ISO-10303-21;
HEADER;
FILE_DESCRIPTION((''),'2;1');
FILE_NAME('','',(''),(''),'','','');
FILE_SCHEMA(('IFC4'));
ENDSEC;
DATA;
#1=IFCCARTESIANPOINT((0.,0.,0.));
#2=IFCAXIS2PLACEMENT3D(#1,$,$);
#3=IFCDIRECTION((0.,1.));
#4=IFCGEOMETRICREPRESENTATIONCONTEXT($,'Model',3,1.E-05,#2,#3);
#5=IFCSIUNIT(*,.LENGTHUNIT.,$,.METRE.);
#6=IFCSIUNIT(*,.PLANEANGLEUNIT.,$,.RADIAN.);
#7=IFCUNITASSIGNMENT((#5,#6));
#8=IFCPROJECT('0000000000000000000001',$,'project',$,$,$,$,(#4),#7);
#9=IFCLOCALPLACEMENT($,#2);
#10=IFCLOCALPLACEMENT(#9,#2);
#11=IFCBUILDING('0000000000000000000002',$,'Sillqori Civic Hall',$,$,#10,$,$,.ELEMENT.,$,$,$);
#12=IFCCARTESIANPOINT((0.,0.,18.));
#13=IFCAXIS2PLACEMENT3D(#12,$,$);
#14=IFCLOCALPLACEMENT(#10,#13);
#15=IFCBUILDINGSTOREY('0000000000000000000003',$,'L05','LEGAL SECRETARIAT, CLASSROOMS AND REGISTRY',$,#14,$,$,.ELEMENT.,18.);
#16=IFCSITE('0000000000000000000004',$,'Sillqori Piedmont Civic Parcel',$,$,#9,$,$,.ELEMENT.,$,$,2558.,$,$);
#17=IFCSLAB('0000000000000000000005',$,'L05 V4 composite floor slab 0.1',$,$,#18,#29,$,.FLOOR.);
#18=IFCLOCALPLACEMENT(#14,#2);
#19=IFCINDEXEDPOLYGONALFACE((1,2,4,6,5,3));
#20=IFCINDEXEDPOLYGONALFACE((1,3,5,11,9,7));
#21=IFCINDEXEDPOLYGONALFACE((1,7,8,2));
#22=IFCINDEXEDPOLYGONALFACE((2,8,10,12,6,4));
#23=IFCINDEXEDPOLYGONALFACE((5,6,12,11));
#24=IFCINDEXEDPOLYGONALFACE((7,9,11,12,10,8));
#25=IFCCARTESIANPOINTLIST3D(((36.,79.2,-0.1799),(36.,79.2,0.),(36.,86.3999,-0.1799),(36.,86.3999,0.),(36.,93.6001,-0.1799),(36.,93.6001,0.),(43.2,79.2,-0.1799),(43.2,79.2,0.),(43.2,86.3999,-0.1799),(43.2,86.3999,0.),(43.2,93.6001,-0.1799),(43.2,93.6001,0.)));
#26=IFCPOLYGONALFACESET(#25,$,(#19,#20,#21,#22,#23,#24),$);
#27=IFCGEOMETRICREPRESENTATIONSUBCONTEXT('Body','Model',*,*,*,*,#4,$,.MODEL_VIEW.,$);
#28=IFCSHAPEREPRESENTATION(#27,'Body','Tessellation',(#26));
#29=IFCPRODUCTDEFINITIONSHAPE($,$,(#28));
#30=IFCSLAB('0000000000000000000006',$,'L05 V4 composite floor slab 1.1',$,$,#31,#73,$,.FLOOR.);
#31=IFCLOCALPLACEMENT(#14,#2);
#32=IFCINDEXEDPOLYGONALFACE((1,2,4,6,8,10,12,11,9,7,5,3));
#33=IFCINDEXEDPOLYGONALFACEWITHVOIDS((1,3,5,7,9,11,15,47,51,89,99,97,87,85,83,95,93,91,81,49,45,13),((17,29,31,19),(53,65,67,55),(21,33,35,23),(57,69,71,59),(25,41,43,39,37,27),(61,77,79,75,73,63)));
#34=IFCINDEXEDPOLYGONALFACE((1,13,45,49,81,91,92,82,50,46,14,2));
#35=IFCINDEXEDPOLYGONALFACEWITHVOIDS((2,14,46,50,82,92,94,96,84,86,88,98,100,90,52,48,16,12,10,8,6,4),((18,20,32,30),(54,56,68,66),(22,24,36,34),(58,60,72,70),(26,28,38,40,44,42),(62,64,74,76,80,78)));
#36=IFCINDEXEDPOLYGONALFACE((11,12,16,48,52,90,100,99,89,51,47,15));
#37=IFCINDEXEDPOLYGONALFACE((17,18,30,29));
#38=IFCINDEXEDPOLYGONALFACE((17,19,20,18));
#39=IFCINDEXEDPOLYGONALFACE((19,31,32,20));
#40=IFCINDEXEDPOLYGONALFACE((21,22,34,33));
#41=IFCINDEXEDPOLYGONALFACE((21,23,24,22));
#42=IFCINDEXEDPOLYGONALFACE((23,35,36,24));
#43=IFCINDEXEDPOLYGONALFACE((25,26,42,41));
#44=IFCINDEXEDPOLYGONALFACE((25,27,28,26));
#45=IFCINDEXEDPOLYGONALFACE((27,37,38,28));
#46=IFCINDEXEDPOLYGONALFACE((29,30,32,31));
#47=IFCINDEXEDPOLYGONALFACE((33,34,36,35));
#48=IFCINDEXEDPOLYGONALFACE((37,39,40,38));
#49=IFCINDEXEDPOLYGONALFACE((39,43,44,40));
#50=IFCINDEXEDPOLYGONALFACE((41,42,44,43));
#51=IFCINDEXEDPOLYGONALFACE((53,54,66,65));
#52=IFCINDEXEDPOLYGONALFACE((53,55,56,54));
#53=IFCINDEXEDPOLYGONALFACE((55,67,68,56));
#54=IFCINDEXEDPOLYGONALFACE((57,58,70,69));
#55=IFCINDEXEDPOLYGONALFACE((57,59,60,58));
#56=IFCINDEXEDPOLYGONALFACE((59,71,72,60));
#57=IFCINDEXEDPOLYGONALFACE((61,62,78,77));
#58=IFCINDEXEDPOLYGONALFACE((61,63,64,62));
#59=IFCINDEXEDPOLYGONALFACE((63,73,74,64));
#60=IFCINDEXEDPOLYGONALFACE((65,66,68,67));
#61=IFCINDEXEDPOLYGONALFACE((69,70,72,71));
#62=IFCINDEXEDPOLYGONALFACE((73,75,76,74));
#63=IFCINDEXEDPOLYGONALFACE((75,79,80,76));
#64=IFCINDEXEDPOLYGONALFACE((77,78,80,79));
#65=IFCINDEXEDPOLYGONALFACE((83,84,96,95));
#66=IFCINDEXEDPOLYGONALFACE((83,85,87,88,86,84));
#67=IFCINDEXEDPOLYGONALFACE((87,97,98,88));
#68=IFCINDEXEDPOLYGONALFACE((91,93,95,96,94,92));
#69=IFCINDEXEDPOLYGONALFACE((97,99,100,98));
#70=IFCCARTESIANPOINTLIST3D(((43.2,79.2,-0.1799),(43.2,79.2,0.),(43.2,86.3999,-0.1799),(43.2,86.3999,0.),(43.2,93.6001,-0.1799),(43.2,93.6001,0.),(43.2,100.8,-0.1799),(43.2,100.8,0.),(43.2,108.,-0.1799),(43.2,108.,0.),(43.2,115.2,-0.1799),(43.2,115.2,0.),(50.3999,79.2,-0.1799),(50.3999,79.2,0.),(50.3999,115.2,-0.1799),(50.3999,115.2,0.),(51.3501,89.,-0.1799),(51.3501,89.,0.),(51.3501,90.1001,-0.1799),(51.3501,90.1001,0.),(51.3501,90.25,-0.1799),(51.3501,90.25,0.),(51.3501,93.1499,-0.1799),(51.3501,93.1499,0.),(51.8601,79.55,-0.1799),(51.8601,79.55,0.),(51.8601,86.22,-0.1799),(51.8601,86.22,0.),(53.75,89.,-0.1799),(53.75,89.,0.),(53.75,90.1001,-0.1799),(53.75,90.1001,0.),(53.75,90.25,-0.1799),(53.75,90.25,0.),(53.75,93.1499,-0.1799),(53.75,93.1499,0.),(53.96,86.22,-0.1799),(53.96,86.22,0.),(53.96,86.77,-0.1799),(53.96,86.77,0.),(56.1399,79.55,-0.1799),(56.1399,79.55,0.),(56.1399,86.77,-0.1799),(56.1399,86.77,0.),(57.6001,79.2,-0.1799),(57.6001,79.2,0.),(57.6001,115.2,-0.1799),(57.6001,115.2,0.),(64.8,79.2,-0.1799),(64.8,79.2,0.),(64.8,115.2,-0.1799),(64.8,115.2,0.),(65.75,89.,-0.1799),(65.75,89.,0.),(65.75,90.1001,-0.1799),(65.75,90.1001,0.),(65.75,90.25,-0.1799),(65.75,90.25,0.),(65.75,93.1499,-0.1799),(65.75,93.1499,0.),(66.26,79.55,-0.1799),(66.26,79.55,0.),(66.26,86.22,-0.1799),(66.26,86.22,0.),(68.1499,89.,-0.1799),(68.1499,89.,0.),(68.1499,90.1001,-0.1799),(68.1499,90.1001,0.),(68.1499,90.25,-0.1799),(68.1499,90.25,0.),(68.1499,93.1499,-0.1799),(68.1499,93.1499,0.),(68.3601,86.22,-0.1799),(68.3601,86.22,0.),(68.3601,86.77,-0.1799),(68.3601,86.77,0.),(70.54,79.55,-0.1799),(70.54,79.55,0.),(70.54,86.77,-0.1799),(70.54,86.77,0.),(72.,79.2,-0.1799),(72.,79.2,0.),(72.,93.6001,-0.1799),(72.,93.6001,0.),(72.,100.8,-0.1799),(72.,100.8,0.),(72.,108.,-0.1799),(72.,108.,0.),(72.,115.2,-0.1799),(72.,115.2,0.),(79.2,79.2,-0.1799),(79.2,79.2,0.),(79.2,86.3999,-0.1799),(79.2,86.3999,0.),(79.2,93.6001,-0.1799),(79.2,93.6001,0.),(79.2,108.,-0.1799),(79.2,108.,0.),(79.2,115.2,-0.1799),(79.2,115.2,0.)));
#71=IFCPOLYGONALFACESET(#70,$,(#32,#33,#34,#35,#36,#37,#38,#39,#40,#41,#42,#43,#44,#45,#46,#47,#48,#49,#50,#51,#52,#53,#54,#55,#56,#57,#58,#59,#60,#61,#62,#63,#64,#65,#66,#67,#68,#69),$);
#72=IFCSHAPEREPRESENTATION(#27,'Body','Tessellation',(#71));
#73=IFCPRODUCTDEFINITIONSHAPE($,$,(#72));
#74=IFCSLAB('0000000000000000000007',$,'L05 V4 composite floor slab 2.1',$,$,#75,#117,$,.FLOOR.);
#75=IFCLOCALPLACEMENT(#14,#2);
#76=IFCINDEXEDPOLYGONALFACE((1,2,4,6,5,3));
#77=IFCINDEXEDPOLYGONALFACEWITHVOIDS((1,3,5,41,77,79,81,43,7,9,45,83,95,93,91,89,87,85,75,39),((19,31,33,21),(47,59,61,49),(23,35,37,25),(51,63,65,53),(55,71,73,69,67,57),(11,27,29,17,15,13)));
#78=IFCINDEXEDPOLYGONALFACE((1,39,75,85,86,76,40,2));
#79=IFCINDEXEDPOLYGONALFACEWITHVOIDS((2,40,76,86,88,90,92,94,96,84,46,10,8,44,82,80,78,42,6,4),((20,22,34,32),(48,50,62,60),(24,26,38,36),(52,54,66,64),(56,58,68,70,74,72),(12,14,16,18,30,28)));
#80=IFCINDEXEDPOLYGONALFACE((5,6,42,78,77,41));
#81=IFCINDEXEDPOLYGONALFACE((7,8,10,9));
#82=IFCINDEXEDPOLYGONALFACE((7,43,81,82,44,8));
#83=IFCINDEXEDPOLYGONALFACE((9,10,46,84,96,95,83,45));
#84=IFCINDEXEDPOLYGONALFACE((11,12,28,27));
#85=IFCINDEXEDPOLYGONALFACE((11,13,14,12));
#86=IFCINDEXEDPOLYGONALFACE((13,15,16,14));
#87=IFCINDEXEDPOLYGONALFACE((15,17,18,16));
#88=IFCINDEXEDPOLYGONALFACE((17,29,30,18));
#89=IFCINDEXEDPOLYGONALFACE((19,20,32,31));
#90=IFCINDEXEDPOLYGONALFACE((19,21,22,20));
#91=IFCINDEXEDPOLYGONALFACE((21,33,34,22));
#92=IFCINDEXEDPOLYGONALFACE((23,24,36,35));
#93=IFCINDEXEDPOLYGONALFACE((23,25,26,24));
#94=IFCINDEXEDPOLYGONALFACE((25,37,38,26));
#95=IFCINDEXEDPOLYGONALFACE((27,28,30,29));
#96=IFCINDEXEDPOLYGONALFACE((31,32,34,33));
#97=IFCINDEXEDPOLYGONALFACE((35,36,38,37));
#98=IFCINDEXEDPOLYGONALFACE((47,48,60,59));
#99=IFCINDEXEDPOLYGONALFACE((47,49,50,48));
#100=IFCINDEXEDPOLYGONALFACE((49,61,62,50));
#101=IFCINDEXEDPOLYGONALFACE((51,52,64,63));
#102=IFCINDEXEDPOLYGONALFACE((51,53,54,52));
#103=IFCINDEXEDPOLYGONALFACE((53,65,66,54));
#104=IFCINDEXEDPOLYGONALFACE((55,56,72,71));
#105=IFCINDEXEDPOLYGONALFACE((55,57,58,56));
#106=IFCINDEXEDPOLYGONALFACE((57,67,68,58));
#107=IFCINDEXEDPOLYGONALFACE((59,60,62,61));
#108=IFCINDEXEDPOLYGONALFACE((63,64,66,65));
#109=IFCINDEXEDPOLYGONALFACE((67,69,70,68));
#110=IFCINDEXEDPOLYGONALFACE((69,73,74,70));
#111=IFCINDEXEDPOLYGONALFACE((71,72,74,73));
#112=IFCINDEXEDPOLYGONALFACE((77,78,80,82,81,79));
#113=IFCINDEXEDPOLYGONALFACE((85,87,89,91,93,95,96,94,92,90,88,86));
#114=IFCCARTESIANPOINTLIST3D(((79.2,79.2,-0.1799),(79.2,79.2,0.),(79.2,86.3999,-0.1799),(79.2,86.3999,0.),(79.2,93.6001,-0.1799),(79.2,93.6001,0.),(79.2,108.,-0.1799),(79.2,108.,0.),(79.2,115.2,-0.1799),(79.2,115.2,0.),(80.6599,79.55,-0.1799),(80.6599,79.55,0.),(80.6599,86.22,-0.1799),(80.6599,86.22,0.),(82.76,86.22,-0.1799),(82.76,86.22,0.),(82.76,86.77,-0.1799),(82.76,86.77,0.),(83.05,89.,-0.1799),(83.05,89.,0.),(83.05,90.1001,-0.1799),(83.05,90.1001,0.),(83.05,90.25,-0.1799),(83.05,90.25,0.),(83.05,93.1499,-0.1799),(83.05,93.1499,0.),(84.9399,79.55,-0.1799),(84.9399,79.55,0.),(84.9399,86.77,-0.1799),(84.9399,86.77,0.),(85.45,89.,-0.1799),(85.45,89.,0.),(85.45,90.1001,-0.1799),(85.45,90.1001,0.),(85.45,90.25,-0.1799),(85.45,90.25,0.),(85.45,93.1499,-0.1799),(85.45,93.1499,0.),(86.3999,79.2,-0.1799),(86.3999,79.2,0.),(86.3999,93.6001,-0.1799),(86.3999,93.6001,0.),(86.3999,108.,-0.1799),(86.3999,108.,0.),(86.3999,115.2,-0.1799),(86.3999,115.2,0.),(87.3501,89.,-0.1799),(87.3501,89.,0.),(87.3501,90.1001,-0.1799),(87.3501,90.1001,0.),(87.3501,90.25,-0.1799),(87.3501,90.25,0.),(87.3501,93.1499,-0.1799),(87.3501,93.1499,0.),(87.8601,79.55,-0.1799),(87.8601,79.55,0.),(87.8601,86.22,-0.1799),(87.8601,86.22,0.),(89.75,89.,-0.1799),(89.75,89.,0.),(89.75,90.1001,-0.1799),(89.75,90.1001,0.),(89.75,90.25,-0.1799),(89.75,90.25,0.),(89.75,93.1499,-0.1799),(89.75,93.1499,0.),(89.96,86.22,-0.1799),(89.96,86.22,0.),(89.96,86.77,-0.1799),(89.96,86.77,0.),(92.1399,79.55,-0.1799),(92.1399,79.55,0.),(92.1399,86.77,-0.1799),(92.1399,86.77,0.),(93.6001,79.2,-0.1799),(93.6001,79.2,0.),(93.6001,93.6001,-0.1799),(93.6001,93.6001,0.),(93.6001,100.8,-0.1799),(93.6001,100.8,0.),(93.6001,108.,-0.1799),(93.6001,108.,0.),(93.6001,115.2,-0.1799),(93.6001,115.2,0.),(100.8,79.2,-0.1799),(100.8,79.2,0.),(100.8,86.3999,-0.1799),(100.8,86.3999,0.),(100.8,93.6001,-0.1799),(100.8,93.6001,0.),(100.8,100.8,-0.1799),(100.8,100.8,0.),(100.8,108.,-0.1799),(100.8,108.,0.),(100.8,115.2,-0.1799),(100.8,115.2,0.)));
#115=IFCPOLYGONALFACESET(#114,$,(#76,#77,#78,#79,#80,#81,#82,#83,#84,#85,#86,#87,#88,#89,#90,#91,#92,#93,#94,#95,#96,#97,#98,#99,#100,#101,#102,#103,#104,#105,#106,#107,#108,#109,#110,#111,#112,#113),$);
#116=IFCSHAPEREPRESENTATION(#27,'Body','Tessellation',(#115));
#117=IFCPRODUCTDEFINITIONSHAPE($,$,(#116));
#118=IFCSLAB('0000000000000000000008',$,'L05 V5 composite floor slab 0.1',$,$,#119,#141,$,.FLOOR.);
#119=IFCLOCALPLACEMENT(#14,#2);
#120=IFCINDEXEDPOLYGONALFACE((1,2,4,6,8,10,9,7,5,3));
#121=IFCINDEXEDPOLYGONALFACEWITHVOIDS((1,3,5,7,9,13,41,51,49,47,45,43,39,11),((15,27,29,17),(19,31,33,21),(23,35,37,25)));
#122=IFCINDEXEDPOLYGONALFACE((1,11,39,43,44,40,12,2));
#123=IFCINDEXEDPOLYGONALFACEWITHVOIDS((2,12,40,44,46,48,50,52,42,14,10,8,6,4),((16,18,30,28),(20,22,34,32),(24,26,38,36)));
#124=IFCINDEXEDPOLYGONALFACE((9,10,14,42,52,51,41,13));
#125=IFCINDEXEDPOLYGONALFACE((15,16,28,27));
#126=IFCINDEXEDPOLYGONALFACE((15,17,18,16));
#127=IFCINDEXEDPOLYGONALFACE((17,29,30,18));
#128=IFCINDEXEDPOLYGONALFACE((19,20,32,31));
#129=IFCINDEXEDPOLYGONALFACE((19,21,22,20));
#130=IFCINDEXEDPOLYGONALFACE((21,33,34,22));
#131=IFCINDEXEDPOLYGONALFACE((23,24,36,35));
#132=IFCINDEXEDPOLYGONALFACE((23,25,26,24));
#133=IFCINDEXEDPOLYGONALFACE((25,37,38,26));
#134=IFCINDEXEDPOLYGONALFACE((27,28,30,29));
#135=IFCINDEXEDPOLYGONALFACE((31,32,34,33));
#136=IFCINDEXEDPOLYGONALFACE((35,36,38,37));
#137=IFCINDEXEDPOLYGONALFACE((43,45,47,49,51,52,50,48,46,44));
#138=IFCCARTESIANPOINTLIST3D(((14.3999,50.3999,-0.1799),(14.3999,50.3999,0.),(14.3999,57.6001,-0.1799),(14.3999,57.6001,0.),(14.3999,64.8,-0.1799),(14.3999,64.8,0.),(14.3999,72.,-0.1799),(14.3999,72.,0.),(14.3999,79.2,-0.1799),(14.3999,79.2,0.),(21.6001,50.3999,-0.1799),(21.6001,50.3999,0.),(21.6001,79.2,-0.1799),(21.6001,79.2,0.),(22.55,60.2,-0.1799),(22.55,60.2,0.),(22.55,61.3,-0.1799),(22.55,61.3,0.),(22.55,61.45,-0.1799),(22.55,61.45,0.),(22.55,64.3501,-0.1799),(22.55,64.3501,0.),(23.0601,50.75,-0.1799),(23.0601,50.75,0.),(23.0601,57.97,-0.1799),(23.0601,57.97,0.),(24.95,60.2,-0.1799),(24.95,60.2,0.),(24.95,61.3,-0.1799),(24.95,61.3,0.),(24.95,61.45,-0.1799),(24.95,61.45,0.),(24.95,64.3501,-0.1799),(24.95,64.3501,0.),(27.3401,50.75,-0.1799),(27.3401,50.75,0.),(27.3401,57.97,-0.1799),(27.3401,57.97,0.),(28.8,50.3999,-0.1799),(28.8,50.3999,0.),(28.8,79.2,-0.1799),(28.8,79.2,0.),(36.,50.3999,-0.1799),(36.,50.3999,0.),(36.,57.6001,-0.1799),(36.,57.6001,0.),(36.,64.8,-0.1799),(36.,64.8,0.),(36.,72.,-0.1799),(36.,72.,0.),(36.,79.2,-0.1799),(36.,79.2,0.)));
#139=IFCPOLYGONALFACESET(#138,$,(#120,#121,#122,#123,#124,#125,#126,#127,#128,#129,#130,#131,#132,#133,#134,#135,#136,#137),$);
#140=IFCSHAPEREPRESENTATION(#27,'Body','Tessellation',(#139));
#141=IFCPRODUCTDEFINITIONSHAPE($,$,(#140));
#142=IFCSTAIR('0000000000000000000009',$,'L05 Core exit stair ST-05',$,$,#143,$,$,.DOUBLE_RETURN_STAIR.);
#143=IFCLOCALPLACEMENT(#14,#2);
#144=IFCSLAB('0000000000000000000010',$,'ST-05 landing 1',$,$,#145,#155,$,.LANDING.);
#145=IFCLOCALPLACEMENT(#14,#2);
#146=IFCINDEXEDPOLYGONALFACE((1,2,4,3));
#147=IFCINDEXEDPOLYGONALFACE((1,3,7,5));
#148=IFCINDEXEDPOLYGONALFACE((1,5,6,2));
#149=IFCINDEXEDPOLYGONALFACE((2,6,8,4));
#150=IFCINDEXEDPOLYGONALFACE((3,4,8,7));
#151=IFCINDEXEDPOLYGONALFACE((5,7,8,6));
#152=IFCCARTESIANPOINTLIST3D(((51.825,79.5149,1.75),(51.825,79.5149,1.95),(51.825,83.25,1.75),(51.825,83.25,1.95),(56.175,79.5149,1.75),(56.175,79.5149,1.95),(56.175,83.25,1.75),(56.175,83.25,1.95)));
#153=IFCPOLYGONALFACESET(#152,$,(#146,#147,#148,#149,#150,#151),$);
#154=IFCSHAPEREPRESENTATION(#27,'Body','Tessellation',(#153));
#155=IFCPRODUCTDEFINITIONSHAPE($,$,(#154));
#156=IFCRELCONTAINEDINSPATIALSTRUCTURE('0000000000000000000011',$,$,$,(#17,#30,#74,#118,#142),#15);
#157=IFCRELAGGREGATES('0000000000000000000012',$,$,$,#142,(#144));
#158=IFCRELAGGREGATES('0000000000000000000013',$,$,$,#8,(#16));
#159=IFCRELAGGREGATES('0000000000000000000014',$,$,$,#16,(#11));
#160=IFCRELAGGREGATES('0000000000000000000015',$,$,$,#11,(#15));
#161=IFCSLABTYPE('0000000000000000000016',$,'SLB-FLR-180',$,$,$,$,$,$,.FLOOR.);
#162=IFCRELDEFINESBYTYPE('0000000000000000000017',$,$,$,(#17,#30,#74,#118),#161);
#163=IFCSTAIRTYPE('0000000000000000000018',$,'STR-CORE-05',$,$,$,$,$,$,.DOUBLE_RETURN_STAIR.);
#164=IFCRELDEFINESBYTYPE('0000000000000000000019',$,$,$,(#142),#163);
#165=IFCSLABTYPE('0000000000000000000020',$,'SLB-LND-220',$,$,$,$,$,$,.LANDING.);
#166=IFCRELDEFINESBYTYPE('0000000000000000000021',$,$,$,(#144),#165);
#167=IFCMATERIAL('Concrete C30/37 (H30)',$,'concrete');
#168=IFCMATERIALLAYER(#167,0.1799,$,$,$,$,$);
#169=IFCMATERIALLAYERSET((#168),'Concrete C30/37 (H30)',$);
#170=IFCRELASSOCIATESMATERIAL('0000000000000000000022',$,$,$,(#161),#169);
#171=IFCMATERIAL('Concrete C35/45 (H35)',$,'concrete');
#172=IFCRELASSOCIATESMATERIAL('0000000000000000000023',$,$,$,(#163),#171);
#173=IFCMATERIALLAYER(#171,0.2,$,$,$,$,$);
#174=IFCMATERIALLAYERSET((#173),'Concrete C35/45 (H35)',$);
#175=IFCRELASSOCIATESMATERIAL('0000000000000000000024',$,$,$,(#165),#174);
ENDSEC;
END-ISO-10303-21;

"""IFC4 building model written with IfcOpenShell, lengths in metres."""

from ifc_helpers import new_model, si_unit, direction, frame, origin, place, context, subcontext, project, spatial, polyline, outline, extrude, material, layer, layer_set, type_object, element, aggregate, save


model = new_model("IFC4")

# Units and contexts
model_context = context("Model", 3, precision=1e-05, world=origin(), true_north=direction((0.0, 1.0)))
body_context = subcontext(model_context, "Body", "Model", "MODEL_VIEW")
ifc_project = project(units=[si_unit("LENGTHUNIT", "METRE"), si_unit("PLANEANGLEUNIT", "RADIAN")], contexts=[model_context])

# Site, building, storey
site_placement = place(None, origin())
site = spatial("IfcSite", under=ifc_project, at=site_placement, Name="Sillqori Piedmont Civic Parcel", CompositionType="ELEMENT", RefElevation=2558.0)
building_placement = place(site_placement, origin())
building = spatial("IfcBuilding", under=site, at=building_placement, Name="Sillqori Civic Hall", CompositionType="ELEMENT")
storey_placement = place(building_placement, frame((0.0, 0.0, 18.0)))
storey = spatial("IfcBuildingStorey", under=building, at=storey_placement, Name="L05", Description="LEGAL SECRETARIAT, CLASSROOMS AND REGISTRY", CompositionType="ELEMENT", Elevation=18.0)

# Slabs
ifc_material_1 = material(Name="Concrete C30/37 (H30)", Category="concrete")
ifc_layer_1 = layer(ifc_material_1, 0.1799)
ifc_layer_set_1 = layer_set([ifc_layer_1], Name="Concrete C30/37 (H30)")
slab_type_1 = type_object("IfcSlabType", Name="SLB-FLR-180", PredefinedType="FLOOR", material=ifc_layer_set_1)
slab_1_placement = place(storey_placement, frame((0.0, 0.0, -0.1799)))
element("IfcSlab", 1, at=slab_1_placement, inside=storey, type_object=slab_type_1, Name="L05 V4 composite floor slab 0.1", PredefinedType="FLOOR", context=body_context, shape_type="SweptSolid", body=[
    extrude(outline(polyline([(36.0, 79.2), (36.0, 86.3999), (36.0, 93.6001), (43.2, 93.6001), (43.2, 86.3999), (43.2, 79.2), (36.0, 79.2)])), origin(), (0.0, 0.0, 1.0), 0.1799),
])
slab_2_placement = place(storey_placement, frame((0.0, 0.0, -0.1799)))
element("IfcSlab", 2, at=slab_2_placement, inside=storey, type_object=slab_type_1, Name="L05 V4 composite floor slab 1.1", PredefinedType="FLOOR", context=body_context, shape_type="SweptSolid", body=[
    extrude(outline(polyline([(43.2, 108.0), (43.2, 115.2), (50.3999, 115.2), (57.6001, 115.2), (64.8, 115.2), (72.0, 115.2), (79.2, 115.2), (79.2, 108.0), (72.0, 108.0), (72.0, 100.8), (72.0, 93.6001), (79.2, 93.6001), (79.2, 86.3999), (79.2, 79.2), (72.0, 79.2), (64.8, 79.2), (57.6001, 79.2), (50.3999, 79.2), (43.2, 79.2), (43.2, 86.3999), (43.2, 93.6001), (43.2, 100.8), (43.2, 108.0)]), holes=[polyline([(51.8601, 86.22), (51.8601, 79.55), (56.1399, 79.55), (56.1399, 86.77), (53.96, 86.77), (53.96, 86.22), (51.8601, 86.22)]), polyline([(53.75, 90.1001), (51.3501, 90.1001), (51.3501, 89.0), (53.75, 89.0), (53.75, 90.1001)]), polyline([(68.1499, 90.1001), (65.75, 90.1001), (65.75, 89.0), (68.1499, 89.0), (68.1499, 90.1001)]), polyline([(53.75, 93.1499), (51.3501, 93.1499), (51.3501, 90.25), (53.75, 90.25), (53.75, 93.1499)]), polyline([(68.1499, 93.1499), (65.75, 93.1499), (65.75, 90.25), (68.1499, 90.25), (68.1499, 93.1499)]), polyline([(66.26, 86.22), (66.26, 79.55), (70.54, 79.55), (70.54, 86.77), (68.3601, 86.77), (68.3601, 86.22), (66.26, 86.22)])]), origin(), (0.0, 0.0, 1.0), 0.1799),
])
slab_3_placement = place(storey_placement, frame((0.0, 0.0, -0.1799)))
element("IfcSlab", 3, at=slab_3_placement, inside=storey, type_object=slab_type_1, Name="L05 V4 composite floor slab 2.1", PredefinedType="FLOOR", context=body_context, shape_type="SweptSolid", body=[
    extrude(outline(polyline([(86.3999, 93.6001), (93.6001, 93.6001), (93.6001, 100.8), (93.6001, 108.0), (86.3999, 108.0), (79.2, 108.0), (79.2, 115.2), (86.3999, 115.2), (93.6001, 115.2), (100.8, 115.2), (100.8, 108.0), (100.8, 100.8), (100.8, 93.6001), (100.8, 86.3999), (100.8, 79.2), (93.6001, 79.2), (86.3999, 79.2), (79.2, 79.2), (79.2, 86.3999), (79.2, 93.6001), (86.3999, 93.6001)]), holes=[polyline([(80.6599, 86.22), (80.6599, 79.55), (84.9399, 79.55), (84.9399, 86.77), (82.76, 86.77), (82.76, 86.22), (80.6599, 86.22)]), polyline([(87.8601, 86.22), (87.8601, 79.55), (92.1399, 79.55), (92.1399, 86.77), (89.96, 86.77), (89.96, 86.22), (87.8601, 86.22)]), polyline([(85.45, 90.1001), (83.05, 90.1001), (83.05, 89.0), (85.45, 89.0), (85.45, 90.1001)]), polyline([(89.75, 90.1001), (87.3501, 90.1001), (87.3501, 89.0), (89.75, 89.0), (89.75, 90.1001)]), polyline([(85.45, 93.1499), (83.05, 93.1499), (83.05, 90.25), (85.45, 90.25), (85.45, 93.1499)]), polyline([(89.75, 93.1499), (87.3501, 93.1499), (87.3501, 90.25), (89.75, 90.25), (89.75, 93.1499)])]), origin(), (0.0, 0.0, 1.0), 0.1799),
])
slab_4_placement = place(storey_placement, frame((0.0, 0.0, -0.1799)))
element("IfcSlab", 4, at=slab_4_placement, inside=storey, type_object=slab_type_1, Name="L05 V5 composite floor slab 0.1", PredefinedType="FLOOR", context=body_context, shape_type="SweptSolid", body=[
    extrude(outline(polyline([(14.3999, 72.0), (14.3999, 79.2), (21.6001, 79.2), (28.8, 79.2), (36.0, 79.2), (36.0, 72.0), (36.0, 64.8), (36.0, 57.6001), (36.0, 50.3999), (28.8, 50.3999), (21.6001, 50.3999), (14.3999, 50.3999), (14.3999, 57.6001), (14.3999, 64.8), (14.3999, 72.0)]), holes=[polyline([(23.0601, 57.97), (23.0601, 50.75), (27.3401, 50.75), (27.3401, 57.97), (23.0601, 57.97)]), polyline([(24.95, 61.3), (22.55, 61.3), (22.55, 60.2), (24.95, 60.2), (24.95, 61.3)]), polyline([(24.95, 64.3501), (22.55, 64.3501), (22.55, 61.45), (24.95, 61.45), (24.95, 64.3501)])]), origin(), (0.0, 0.0, 1.0), 0.1799),
])

# Stair, slab
ifc_material_2 = material(Name="Concrete C35/45 (H35)", Category="concrete")
stair_type_1 = type_object("IfcStairType", Name="STR-CORE-05", PredefinedType="DOUBLE_RETURN_STAIR", material=ifc_material_2)
stair_1_placement = place(storey_placement, origin())
stair_1 = element("IfcStair", 5, at=stair_1_placement, inside=storey, type_object=stair_type_1, Name="L05 Core exit stair ST-05", PredefinedType="DOUBLE_RETURN_STAIR")
ifc_layer_2 = layer(ifc_material_2, 0.2)
ifc_layer_set_2 = layer_set([ifc_layer_2], Name="Concrete C35/45 (H35)")
slab_type_2 = type_object("IfcSlabType", Name="SLB-LND-220", PredefinedType="LANDING", material=ifc_layer_set_2)
slab_5_placement = place(storey_placement, frame((0.0, 0.0, 1.75)))
slab_5 = element("IfcSlab", 6, at=slab_5_placement, type_object=slab_type_2, Name="ST-05 landing 1", PredefinedType="LANDING", context=body_context, shape_type="SweptSolid", body=[
    extrude(outline(polyline([(51.825, 83.25), (51.825, 79.5149), (56.175, 79.5149), (56.175, 83.25), (51.825, 83.25)])), origin(), (0.0, 0.0, 1.0), 0.2),
])
aggregate(stair_1, [slab_5])

save(model, "model.ifc")
